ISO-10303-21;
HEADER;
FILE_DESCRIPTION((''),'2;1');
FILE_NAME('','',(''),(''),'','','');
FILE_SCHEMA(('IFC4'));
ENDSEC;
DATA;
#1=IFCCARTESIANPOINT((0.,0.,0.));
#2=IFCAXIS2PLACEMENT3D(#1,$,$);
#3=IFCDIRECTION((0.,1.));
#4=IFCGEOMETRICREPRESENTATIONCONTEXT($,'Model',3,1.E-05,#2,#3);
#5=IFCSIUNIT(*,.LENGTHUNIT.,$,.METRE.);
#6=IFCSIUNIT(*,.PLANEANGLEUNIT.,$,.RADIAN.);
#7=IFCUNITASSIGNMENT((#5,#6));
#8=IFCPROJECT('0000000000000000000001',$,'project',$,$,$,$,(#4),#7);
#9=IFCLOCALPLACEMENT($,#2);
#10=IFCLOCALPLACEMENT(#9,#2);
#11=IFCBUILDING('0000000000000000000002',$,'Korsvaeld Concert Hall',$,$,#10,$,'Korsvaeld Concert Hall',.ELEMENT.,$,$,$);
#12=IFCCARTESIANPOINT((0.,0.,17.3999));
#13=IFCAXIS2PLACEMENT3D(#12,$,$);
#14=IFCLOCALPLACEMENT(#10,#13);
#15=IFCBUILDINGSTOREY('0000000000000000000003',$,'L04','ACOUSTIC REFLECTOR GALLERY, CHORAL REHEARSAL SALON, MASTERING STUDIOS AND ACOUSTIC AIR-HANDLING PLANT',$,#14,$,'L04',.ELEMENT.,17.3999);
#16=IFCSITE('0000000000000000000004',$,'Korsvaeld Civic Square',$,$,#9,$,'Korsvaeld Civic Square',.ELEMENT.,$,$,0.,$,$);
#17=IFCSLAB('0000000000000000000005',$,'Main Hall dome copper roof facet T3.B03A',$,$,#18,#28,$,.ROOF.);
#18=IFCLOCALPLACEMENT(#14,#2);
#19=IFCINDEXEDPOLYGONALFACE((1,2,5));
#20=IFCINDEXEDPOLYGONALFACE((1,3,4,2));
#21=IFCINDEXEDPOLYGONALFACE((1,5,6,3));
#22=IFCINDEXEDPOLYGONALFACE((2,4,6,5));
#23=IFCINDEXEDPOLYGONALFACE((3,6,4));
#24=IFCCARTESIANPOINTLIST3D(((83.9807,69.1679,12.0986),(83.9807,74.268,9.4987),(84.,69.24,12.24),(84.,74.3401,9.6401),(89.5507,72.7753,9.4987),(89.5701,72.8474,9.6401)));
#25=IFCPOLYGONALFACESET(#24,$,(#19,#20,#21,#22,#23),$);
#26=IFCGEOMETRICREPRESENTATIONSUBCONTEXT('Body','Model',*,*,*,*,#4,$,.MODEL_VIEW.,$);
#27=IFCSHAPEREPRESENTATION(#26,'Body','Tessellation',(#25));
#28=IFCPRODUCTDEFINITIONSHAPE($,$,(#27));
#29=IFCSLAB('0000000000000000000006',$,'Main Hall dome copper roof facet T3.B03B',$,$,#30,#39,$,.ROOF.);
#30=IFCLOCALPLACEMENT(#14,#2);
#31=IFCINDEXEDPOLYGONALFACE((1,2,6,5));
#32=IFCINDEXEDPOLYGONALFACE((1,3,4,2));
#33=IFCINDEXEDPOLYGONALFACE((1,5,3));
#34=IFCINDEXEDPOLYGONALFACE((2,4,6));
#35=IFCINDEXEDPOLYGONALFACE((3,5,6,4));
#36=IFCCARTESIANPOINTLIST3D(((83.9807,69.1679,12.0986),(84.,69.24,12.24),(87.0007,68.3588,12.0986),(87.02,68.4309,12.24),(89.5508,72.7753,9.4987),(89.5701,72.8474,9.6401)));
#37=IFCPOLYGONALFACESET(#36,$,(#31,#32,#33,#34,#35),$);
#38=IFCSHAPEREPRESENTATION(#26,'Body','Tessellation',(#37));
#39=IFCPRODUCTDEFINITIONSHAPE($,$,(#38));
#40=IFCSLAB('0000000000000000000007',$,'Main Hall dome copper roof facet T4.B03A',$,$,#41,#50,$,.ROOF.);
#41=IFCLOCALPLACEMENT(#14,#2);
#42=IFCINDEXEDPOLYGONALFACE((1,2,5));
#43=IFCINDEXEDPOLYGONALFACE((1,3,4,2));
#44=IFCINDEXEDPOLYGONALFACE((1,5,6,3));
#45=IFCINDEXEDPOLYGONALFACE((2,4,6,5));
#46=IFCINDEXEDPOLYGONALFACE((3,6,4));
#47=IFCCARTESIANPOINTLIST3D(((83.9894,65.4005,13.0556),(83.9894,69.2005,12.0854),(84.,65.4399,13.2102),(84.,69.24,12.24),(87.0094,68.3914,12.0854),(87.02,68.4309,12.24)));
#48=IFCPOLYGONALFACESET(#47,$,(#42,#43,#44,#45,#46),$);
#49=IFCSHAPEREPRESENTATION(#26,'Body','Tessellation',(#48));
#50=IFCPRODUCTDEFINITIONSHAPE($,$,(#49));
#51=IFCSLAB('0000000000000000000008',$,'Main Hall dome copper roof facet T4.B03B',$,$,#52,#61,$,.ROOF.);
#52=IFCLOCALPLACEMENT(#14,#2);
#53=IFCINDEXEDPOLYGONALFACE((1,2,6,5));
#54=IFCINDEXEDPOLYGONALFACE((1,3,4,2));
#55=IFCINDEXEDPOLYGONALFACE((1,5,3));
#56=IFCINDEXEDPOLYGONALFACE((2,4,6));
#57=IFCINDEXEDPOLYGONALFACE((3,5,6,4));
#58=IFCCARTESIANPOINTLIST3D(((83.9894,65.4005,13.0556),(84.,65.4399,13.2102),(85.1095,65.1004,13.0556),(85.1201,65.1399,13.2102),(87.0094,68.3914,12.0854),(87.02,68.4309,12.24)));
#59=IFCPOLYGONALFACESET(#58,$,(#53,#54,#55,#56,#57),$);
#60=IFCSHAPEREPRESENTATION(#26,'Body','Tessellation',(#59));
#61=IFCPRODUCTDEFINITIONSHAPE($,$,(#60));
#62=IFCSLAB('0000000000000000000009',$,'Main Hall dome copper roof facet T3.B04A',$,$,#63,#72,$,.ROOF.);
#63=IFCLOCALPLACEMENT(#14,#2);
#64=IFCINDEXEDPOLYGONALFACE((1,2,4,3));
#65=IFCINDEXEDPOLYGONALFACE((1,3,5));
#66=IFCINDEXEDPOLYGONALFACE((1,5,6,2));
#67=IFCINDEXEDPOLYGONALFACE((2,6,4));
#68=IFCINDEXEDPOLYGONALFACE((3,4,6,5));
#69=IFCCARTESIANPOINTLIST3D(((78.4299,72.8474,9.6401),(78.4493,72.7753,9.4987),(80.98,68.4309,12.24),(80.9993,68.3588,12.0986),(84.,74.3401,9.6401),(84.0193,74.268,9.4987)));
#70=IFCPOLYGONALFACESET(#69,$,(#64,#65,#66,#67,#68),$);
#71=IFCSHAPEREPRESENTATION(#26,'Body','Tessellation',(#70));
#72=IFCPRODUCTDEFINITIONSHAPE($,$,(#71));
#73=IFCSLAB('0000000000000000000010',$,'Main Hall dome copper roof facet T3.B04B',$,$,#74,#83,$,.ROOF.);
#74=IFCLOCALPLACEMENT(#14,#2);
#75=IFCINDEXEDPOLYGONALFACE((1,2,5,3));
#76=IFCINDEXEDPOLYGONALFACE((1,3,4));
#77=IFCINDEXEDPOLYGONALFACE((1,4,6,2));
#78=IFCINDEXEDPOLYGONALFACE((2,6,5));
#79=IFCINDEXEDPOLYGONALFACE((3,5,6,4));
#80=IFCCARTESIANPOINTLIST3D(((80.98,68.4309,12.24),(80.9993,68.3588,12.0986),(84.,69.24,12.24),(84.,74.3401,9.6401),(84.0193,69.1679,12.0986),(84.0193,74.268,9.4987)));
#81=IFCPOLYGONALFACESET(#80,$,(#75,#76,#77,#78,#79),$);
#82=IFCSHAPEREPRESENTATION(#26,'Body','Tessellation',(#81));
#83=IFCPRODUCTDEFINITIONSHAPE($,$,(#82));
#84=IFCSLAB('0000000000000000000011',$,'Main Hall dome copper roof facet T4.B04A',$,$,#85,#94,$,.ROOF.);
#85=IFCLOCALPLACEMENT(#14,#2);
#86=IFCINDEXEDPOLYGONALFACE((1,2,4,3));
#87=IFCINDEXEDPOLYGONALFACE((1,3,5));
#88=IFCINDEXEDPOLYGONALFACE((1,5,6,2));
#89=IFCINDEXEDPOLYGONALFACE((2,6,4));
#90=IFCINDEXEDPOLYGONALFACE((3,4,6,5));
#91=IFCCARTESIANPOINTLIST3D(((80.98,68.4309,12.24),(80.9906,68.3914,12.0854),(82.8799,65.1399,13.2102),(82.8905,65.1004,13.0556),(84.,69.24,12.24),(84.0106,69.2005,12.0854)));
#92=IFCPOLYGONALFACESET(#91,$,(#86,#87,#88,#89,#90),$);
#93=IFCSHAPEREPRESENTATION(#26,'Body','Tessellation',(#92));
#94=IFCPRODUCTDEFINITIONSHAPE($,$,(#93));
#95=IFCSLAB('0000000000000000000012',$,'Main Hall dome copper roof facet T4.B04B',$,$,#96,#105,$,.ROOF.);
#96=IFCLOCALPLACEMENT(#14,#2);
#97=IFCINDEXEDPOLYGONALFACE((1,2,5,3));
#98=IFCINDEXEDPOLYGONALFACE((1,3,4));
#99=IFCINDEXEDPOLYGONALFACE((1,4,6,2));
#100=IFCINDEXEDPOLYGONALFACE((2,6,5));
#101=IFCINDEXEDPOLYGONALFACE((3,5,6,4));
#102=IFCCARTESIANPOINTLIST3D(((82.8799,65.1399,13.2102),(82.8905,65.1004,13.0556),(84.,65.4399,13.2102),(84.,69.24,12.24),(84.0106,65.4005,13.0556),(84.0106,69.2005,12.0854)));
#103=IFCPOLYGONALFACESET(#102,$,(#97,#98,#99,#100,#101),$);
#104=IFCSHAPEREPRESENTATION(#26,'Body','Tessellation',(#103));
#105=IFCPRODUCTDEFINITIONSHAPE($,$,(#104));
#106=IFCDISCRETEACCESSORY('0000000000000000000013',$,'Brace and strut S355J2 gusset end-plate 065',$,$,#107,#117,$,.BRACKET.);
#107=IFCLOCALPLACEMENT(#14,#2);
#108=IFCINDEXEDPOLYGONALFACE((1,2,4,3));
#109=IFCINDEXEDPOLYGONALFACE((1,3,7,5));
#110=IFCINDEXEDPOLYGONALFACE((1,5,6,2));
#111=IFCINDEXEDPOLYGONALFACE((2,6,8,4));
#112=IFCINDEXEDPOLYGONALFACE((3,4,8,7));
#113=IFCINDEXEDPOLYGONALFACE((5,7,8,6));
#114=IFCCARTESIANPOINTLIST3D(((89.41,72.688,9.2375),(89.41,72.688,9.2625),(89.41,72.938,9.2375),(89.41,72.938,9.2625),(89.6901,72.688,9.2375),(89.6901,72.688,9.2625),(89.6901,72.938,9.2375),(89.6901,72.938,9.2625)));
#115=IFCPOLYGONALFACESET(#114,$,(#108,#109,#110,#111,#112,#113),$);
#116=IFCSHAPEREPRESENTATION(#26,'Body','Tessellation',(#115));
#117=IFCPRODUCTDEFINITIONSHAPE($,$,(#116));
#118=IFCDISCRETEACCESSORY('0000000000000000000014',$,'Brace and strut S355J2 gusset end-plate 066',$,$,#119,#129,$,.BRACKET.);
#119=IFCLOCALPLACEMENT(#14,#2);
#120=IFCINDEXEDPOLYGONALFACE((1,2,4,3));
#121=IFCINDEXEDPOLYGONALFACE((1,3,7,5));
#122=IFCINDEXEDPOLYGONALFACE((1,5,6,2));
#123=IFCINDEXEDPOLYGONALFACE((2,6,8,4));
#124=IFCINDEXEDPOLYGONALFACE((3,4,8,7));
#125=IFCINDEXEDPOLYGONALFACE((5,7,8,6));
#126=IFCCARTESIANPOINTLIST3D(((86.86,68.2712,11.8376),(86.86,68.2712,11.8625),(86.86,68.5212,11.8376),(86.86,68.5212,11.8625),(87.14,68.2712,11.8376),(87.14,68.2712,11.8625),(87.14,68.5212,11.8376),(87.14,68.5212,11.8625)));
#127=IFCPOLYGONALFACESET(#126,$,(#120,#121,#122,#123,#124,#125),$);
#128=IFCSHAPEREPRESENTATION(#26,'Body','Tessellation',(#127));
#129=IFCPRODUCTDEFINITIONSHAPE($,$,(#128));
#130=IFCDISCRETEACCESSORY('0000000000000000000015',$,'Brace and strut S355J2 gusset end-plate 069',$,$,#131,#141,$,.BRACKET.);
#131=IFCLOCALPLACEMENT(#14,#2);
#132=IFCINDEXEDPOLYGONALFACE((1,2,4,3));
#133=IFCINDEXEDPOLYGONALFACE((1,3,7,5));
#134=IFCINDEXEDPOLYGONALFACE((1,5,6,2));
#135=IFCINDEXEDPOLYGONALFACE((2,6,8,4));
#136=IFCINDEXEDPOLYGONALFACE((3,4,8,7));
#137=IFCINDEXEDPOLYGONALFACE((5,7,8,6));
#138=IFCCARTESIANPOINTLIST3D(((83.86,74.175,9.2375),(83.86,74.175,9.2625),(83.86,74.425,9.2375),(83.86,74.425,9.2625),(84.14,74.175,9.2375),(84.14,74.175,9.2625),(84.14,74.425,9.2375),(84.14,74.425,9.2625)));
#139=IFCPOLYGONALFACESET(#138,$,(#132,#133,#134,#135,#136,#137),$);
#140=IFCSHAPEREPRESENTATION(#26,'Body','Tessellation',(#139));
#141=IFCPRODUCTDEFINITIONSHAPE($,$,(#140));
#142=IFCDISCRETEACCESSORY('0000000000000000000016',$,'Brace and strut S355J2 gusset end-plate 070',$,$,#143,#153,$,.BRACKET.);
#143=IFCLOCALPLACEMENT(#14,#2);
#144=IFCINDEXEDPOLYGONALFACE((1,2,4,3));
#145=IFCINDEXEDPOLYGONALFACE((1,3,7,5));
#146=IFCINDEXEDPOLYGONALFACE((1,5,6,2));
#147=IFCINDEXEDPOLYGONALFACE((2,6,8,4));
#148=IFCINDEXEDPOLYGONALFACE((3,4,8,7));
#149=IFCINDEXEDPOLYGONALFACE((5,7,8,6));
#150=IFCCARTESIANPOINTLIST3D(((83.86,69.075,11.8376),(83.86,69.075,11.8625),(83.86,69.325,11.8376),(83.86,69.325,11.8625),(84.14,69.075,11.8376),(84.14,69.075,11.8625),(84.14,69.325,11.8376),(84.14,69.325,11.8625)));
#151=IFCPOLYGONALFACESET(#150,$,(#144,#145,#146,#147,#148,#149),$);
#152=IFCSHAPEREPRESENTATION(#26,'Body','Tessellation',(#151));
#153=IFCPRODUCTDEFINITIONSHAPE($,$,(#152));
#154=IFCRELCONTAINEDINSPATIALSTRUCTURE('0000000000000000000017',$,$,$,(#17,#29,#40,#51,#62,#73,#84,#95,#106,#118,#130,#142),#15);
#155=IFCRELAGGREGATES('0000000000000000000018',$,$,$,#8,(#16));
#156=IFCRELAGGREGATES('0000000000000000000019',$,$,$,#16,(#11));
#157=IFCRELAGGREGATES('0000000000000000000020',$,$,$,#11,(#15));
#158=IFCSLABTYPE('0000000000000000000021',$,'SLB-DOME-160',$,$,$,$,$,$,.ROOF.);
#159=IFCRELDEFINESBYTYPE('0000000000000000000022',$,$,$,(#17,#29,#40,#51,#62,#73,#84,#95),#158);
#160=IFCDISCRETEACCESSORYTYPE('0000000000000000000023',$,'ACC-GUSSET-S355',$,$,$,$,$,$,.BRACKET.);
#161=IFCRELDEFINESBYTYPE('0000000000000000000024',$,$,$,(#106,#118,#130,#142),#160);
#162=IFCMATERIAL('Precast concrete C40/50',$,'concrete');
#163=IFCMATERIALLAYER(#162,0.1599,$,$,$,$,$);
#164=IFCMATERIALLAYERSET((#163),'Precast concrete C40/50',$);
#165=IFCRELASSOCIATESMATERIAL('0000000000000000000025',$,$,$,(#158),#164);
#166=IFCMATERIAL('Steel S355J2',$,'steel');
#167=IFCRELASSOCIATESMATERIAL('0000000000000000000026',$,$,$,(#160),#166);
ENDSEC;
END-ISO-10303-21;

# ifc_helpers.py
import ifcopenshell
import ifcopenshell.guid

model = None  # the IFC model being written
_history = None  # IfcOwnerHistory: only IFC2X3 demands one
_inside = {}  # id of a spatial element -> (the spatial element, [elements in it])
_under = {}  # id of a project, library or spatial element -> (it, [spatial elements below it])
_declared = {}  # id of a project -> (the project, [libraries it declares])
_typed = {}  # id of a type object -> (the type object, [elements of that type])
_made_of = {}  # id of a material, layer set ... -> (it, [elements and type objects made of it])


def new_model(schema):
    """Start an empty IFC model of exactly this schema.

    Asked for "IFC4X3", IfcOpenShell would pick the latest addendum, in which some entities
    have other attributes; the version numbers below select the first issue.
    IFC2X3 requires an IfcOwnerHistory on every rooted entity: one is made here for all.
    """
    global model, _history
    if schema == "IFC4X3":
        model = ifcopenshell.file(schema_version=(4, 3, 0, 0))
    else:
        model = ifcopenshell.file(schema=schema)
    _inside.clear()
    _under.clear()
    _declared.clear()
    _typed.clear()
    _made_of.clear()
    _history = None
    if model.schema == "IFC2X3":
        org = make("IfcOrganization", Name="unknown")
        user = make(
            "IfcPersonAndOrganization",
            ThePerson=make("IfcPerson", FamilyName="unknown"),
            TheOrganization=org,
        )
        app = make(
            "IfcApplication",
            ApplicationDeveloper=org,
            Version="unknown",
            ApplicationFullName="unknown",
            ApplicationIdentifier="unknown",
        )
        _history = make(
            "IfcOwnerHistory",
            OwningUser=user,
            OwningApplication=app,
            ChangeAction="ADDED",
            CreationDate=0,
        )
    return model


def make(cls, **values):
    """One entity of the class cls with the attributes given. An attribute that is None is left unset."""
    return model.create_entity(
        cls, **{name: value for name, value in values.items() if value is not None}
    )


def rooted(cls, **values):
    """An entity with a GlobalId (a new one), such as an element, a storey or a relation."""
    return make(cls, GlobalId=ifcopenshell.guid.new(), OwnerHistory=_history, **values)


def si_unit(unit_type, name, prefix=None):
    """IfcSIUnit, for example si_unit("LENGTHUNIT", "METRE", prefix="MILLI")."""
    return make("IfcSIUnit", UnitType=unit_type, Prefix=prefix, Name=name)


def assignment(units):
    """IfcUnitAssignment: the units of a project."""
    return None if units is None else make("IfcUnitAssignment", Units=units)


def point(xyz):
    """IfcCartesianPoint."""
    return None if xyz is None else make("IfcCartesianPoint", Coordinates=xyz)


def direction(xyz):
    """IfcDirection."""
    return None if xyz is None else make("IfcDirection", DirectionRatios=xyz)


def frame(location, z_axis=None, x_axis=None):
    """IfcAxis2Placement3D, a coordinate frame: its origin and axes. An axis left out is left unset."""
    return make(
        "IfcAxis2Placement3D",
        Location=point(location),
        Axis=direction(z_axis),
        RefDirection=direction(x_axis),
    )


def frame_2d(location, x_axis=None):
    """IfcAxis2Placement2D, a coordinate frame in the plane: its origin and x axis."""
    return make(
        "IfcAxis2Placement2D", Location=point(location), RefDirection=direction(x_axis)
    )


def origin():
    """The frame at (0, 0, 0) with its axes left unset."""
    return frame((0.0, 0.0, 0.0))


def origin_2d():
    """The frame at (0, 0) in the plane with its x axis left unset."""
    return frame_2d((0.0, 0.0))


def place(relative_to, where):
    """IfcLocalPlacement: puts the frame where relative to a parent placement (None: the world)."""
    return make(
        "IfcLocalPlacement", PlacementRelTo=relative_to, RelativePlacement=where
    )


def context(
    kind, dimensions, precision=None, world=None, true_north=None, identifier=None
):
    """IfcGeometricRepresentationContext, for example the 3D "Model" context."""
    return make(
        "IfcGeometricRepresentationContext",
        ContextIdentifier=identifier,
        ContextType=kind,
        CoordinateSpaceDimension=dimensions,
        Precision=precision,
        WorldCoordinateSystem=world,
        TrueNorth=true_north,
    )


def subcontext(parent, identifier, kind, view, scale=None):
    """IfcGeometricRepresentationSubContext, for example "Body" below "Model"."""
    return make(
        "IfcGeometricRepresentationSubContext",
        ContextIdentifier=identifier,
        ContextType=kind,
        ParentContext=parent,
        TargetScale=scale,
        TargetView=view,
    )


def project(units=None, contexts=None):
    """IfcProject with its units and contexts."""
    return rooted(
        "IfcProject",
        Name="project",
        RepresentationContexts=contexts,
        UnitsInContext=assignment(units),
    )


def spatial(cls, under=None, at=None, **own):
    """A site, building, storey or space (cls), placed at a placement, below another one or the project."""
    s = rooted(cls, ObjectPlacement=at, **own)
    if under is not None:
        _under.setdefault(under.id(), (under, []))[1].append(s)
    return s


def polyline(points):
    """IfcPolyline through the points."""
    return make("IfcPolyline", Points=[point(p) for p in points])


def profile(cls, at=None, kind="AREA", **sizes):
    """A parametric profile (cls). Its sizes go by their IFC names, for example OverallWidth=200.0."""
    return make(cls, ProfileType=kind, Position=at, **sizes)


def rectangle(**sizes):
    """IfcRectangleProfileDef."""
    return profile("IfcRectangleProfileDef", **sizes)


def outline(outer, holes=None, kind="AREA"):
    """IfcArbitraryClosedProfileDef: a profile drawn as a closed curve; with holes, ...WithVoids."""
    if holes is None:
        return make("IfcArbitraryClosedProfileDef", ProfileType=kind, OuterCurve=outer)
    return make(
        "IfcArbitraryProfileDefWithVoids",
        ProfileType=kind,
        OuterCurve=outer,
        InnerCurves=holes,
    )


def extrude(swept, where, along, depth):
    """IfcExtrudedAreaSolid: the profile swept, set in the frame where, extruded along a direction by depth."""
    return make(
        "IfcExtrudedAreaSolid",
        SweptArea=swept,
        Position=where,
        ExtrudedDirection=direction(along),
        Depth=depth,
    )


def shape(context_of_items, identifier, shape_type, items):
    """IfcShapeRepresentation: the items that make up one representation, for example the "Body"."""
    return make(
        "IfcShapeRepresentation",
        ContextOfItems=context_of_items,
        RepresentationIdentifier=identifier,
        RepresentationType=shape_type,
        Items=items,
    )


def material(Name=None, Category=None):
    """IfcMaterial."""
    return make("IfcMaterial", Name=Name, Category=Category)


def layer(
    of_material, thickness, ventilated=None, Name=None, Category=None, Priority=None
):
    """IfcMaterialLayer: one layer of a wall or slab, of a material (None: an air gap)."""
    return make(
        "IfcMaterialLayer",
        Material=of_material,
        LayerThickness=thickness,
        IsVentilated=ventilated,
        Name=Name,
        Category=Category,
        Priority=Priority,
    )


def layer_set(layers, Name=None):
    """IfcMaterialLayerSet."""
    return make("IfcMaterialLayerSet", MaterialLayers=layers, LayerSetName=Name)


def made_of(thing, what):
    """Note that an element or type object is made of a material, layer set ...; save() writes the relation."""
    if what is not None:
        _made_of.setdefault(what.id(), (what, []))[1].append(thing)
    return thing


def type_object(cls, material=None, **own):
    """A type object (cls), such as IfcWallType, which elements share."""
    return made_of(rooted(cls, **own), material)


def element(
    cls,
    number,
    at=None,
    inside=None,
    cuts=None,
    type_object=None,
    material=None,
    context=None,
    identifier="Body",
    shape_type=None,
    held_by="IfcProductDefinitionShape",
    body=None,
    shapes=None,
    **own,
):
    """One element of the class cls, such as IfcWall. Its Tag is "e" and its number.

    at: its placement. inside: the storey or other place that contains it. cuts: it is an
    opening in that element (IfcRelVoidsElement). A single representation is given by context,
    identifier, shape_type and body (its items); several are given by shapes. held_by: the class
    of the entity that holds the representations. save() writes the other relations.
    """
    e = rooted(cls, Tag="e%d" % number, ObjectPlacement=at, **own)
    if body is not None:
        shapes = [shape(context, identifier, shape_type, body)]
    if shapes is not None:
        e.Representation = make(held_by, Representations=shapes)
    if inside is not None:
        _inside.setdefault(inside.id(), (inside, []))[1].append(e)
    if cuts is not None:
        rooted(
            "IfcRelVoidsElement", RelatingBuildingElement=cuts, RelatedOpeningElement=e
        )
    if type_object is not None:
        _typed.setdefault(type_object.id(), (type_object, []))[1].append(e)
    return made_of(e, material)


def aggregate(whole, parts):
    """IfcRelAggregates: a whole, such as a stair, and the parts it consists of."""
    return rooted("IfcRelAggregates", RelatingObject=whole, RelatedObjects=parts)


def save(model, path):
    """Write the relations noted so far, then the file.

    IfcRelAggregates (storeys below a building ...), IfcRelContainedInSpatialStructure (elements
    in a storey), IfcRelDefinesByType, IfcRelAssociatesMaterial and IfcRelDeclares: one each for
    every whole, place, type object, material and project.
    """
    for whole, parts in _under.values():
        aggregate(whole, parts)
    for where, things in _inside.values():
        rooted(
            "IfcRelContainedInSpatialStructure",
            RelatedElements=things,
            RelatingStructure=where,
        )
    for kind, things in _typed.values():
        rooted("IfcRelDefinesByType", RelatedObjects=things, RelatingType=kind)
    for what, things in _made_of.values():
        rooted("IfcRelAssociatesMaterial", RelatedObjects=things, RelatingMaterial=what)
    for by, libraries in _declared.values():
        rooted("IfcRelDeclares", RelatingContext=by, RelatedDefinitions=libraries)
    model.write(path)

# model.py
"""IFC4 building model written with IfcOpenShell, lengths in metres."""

from ifc_helpers import new_model, si_unit, direction, frame, origin, origin_2d, place, context, subcontext, project, spatial, polyline, rectangle, outline, extrude, material, layer, layer_set, type_object, element, save


model = new_model("IFC4")

# Units and contexts
model_context = context("Model", 3, precision=1e-05, world=origin(), true_north=direction((0.0, 1.0)))
body_context = subcontext(model_context, "Body", "Model", "MODEL_VIEW")
ifc_project = project(units=[si_unit("LENGTHUNIT", "METRE"), si_unit("PLANEANGLEUNIT", "RADIAN")], contexts=[model_context])

# Site, building, storey
site_placement = place(None, origin())
site = spatial("IfcSite", under=ifc_project, at=site_placement, Name="Korsvaeld Civic Square", LongName="Korsvaeld Civic Square", CompositionType="ELEMENT", RefElevation=0.0)
building_placement = place(site_placement, origin())
building = spatial("IfcBuilding", under=site, at=building_placement, Name="Korsvaeld Concert Hall", LongName="Korsvaeld Concert Hall", CompositionType="ELEMENT")
storey_placement = place(building_placement, frame((0.0, 0.0, 17.3999)))
storey = spatial("IfcBuildingStorey", under=building, at=storey_placement, Name="L04", Description="ACOUSTIC REFLECTOR GALLERY, CHORAL REHEARSAL SALON, MASTERING STUDIOS AND ACOUSTIC AIR-HANDLING PLANT", LongName="L04", CompositionType="ELEMENT", Elevation=17.3999)

# Shared definitions
ifc_material_1 = material(Name="Steel S355J2", Category="steel")

# Slabs
ifc_material_2 = material(Name="Precast concrete C40/50", Category="concrete")
ifc_layer = layer(ifc_material_2, 0.1599)
ifc_layer_set = layer_set([ifc_layer], Name="Precast concrete C40/50")
slab_type = type_object("IfcSlabType", Name="SLB-DOME-160", PredefinedType="ROOF", material=ifc_layer_set)
slab_1_placement = place(storey_placement, frame((89.5701, 72.8474, 9.6401), z_axis=(0.120815, 0.450834, 0.884394), x_axis=(-0.965918, 0.258848, 0.0)))
element("IfcSlab", 1, at=slab_1_placement, inside=storey, type_object=slab_type, Name="Main Hall dome copper roof facet T3.B03A", PredefinedType="ROOF", context=body_context, shape_type="SweptSolid", body=[
    extrude(outline(polyline([(0.0, 0.0), (5.7666, 0.0), (4.4465, 5.5702), (0.0, 0.0)])), origin(), (0.0, 0.0, -1.0), 0.1599),
])
slab_2_placement = place(storey_placement, frame((89.5701, 72.8474, 9.6401), z_axis=(0.120789, 0.450864, 0.884382), x_axis=(-0.781512, -0.506142, 0.364774)))
element("IfcSlab", 2, at=slab_2_placement, inside=storey, type_object=slab_type, Name="Main Hall dome copper roof facet T3.B03B", PredefinedType="ROOF", context=body_context, shape_type="SweptSolid", body=[
    extrude(outline(polyline([(0.0, 0.0), (7.1273, 0.0), (5.1766, 2.4434), (0.0, 0.0)])), origin(), (0.0, 0.0, -1.0), 0.1599),
])
slab_3_placement = place(storey_placement, frame((87.02, 68.4309, 12.24), z_axis=(0.06613, 0.246839, 0.966797), x_axis=(-0.965936, 0.25878, 0.0)))
element("IfcSlab", 3, at=slab_3_placement, inside=storey, type_object=slab_type, Name="Main Hall dome copper roof facet T4.B03A", PredefinedType="ROOF", context=body_context, shape_type="SweptSolid", body=[
    extrude(outline(polyline([(0.0, 0.0), (3.1265, 0.0), (2.1431, 3.7967), (0.0, 0.0)])), origin(), (0.0, 0.0, -1.0), 0.1599),
])
slab_4_placement = place(storey_placement, frame((87.02, 68.4309, 12.24), z_axis=(0.066123, 0.246846, 0.966796), x_axis=(-0.692699, -0.686036, 0.222537)))
element("IfcSlab", 4, at=slab_4_placement, inside=storey, type_object=slab_type, Name="Main Hall dome copper roof facet T4.B03B", PredefinedType="ROOF", context=body_context, shape_type="SweptSolid", body=[
    extrude(outline(polyline([(0.0, 0.0), (4.3598, 0.0), (3.7897, 1.0098), (0.0, 0.0)])), origin(), (0.0, 0.0, -1.0), 0.1599),
])
slab_5_placement = place(storey_placement, frame((84.0, 74.3401, 9.6401), z_axis=(-0.120819, 0.450849, 0.884385), x_axis=(-0.965918, -0.258848, 0.0)))
element("IfcSlab", 5, at=slab_5_placement, inside=storey, type_object=slab_type, Name="Main Hall dome copper roof facet T3.B04A", PredefinedType="ROOF", context=body_context, shape_type="SweptSolid", body=[
    extrude(outline(polyline([(0.0, 0.0), (5.7666, 0.0), (4.4467, 5.57), (0.0, 0.0)])), origin(), (0.0, 0.0, -1.0), 0.1599),
])
slab_6_placement = place(storey_placement, frame((84.0, 74.3401, 9.6401), z_axis=(-0.120782, 0.450835, 0.884398), x_axis=(-0.423727, -0.829093, 0.364775)))
element("IfcSlab", 6, at=slab_6_placement, inside=storey, type_object=slab_type, Name="Main Hall dome copper roof facet T3.B04B", PredefinedType="ROOF", context=body_context, shape_type="SweptSolid", body=[
    extrude(outline(polyline([(0.0, 0.0), (7.1273, 0.0), (5.1768, 2.4435), (0.0, 0.0)])), origin(), (0.0, 0.0, -1.0), 0.1599),
])
slab_7_placement = place(storey_placement, frame((84.0, 69.24, 12.24), z_axis=(-0.06613, 0.246842, 0.966797), x_axis=(-0.965936, -0.25878, 0.0)))
element("IfcSlab", 7, at=slab_7_placement, inside=storey, type_object=slab_type, Name="Main Hall dome copper roof facet T4.B04A", PredefinedType="ROOF", context=body_context, shape_type="SweptSolid", body=[
    extrude(outline(polyline([(0.0, 0.0), (3.1265, 0.0), (2.143, 3.7966), (0.0, 0.0)])), origin(), (0.0, 0.0, -1.0), 0.1599),
])
slab_8_placement = place(storey_placement, frame((84.0, 69.24, 12.24), z_axis=(-0.066122, 0.246839, 0.966798), x_axis=(-0.256927, -0.940459, 0.222543)))
element("IfcSlab", 8, at=slab_8_placement, inside=storey, type_object=slab_type, Name="Main Hall dome copper roof facet T4.B04B", PredefinedType="ROOF", context=body_context, shape_type="SweptSolid", body=[
    extrude(outline(polyline([(0.0, 0.0), (4.3597, 0.0), (3.7897, 1.0099), (0.0, 0.0)])), origin(), (0.0, 0.0, -1.0), 0.1599),
])

# Discrete accessories
discrete_accessory_type = type_object("IfcDiscreteAccessoryType", Name="ACC-GUSSET-S355", PredefinedType="BRACKET", material=ifc_material_1)
for number, where, z_axis, x_axis, name in (
    (9, (89.55, 72.813, 9.2375), (0.0, 0.0, 1.0), (1.0, 0.0, 0.0), "Brace and strut S355J2 gusset end-plate 065"),
    (10, (87.0, 68.3962, 11.8376), (0.0, 0.0, 1.0), (1.0, 0.0, 0.0), "Brace and strut S355J2 gusset end-plate 066"),
    (11, (84.0, 74.3, 9.2375), (0.0, 0.0, 1.0), (1.0, 0.0, 0.0), "Brace and strut S355J2 gusset end-plate 069"),
    (12, (84.0, 69.2, 11.8376), (0.0, 0.0, 1.0), (1.0, 0.0, 0.0), "Brace and strut S355J2 gusset end-plate 070"),
):
    element("IfcDiscreteAccessory", number, at=place(storey_placement, frame(where, z_axis=z_axis, x_axis=x_axis)), inside=storey, type_object=discrete_accessory_type, Name=name, PredefinedType="BRACKET", context=body_context, shape_type="SweptSolid", body=[
        extrude(rectangle(XDim=0.28, YDim=0.25, at=origin_2d()), origin(), (0.0, 0.0, 1.0), 0.0249),
    ])

save(model, "model.ifc")
